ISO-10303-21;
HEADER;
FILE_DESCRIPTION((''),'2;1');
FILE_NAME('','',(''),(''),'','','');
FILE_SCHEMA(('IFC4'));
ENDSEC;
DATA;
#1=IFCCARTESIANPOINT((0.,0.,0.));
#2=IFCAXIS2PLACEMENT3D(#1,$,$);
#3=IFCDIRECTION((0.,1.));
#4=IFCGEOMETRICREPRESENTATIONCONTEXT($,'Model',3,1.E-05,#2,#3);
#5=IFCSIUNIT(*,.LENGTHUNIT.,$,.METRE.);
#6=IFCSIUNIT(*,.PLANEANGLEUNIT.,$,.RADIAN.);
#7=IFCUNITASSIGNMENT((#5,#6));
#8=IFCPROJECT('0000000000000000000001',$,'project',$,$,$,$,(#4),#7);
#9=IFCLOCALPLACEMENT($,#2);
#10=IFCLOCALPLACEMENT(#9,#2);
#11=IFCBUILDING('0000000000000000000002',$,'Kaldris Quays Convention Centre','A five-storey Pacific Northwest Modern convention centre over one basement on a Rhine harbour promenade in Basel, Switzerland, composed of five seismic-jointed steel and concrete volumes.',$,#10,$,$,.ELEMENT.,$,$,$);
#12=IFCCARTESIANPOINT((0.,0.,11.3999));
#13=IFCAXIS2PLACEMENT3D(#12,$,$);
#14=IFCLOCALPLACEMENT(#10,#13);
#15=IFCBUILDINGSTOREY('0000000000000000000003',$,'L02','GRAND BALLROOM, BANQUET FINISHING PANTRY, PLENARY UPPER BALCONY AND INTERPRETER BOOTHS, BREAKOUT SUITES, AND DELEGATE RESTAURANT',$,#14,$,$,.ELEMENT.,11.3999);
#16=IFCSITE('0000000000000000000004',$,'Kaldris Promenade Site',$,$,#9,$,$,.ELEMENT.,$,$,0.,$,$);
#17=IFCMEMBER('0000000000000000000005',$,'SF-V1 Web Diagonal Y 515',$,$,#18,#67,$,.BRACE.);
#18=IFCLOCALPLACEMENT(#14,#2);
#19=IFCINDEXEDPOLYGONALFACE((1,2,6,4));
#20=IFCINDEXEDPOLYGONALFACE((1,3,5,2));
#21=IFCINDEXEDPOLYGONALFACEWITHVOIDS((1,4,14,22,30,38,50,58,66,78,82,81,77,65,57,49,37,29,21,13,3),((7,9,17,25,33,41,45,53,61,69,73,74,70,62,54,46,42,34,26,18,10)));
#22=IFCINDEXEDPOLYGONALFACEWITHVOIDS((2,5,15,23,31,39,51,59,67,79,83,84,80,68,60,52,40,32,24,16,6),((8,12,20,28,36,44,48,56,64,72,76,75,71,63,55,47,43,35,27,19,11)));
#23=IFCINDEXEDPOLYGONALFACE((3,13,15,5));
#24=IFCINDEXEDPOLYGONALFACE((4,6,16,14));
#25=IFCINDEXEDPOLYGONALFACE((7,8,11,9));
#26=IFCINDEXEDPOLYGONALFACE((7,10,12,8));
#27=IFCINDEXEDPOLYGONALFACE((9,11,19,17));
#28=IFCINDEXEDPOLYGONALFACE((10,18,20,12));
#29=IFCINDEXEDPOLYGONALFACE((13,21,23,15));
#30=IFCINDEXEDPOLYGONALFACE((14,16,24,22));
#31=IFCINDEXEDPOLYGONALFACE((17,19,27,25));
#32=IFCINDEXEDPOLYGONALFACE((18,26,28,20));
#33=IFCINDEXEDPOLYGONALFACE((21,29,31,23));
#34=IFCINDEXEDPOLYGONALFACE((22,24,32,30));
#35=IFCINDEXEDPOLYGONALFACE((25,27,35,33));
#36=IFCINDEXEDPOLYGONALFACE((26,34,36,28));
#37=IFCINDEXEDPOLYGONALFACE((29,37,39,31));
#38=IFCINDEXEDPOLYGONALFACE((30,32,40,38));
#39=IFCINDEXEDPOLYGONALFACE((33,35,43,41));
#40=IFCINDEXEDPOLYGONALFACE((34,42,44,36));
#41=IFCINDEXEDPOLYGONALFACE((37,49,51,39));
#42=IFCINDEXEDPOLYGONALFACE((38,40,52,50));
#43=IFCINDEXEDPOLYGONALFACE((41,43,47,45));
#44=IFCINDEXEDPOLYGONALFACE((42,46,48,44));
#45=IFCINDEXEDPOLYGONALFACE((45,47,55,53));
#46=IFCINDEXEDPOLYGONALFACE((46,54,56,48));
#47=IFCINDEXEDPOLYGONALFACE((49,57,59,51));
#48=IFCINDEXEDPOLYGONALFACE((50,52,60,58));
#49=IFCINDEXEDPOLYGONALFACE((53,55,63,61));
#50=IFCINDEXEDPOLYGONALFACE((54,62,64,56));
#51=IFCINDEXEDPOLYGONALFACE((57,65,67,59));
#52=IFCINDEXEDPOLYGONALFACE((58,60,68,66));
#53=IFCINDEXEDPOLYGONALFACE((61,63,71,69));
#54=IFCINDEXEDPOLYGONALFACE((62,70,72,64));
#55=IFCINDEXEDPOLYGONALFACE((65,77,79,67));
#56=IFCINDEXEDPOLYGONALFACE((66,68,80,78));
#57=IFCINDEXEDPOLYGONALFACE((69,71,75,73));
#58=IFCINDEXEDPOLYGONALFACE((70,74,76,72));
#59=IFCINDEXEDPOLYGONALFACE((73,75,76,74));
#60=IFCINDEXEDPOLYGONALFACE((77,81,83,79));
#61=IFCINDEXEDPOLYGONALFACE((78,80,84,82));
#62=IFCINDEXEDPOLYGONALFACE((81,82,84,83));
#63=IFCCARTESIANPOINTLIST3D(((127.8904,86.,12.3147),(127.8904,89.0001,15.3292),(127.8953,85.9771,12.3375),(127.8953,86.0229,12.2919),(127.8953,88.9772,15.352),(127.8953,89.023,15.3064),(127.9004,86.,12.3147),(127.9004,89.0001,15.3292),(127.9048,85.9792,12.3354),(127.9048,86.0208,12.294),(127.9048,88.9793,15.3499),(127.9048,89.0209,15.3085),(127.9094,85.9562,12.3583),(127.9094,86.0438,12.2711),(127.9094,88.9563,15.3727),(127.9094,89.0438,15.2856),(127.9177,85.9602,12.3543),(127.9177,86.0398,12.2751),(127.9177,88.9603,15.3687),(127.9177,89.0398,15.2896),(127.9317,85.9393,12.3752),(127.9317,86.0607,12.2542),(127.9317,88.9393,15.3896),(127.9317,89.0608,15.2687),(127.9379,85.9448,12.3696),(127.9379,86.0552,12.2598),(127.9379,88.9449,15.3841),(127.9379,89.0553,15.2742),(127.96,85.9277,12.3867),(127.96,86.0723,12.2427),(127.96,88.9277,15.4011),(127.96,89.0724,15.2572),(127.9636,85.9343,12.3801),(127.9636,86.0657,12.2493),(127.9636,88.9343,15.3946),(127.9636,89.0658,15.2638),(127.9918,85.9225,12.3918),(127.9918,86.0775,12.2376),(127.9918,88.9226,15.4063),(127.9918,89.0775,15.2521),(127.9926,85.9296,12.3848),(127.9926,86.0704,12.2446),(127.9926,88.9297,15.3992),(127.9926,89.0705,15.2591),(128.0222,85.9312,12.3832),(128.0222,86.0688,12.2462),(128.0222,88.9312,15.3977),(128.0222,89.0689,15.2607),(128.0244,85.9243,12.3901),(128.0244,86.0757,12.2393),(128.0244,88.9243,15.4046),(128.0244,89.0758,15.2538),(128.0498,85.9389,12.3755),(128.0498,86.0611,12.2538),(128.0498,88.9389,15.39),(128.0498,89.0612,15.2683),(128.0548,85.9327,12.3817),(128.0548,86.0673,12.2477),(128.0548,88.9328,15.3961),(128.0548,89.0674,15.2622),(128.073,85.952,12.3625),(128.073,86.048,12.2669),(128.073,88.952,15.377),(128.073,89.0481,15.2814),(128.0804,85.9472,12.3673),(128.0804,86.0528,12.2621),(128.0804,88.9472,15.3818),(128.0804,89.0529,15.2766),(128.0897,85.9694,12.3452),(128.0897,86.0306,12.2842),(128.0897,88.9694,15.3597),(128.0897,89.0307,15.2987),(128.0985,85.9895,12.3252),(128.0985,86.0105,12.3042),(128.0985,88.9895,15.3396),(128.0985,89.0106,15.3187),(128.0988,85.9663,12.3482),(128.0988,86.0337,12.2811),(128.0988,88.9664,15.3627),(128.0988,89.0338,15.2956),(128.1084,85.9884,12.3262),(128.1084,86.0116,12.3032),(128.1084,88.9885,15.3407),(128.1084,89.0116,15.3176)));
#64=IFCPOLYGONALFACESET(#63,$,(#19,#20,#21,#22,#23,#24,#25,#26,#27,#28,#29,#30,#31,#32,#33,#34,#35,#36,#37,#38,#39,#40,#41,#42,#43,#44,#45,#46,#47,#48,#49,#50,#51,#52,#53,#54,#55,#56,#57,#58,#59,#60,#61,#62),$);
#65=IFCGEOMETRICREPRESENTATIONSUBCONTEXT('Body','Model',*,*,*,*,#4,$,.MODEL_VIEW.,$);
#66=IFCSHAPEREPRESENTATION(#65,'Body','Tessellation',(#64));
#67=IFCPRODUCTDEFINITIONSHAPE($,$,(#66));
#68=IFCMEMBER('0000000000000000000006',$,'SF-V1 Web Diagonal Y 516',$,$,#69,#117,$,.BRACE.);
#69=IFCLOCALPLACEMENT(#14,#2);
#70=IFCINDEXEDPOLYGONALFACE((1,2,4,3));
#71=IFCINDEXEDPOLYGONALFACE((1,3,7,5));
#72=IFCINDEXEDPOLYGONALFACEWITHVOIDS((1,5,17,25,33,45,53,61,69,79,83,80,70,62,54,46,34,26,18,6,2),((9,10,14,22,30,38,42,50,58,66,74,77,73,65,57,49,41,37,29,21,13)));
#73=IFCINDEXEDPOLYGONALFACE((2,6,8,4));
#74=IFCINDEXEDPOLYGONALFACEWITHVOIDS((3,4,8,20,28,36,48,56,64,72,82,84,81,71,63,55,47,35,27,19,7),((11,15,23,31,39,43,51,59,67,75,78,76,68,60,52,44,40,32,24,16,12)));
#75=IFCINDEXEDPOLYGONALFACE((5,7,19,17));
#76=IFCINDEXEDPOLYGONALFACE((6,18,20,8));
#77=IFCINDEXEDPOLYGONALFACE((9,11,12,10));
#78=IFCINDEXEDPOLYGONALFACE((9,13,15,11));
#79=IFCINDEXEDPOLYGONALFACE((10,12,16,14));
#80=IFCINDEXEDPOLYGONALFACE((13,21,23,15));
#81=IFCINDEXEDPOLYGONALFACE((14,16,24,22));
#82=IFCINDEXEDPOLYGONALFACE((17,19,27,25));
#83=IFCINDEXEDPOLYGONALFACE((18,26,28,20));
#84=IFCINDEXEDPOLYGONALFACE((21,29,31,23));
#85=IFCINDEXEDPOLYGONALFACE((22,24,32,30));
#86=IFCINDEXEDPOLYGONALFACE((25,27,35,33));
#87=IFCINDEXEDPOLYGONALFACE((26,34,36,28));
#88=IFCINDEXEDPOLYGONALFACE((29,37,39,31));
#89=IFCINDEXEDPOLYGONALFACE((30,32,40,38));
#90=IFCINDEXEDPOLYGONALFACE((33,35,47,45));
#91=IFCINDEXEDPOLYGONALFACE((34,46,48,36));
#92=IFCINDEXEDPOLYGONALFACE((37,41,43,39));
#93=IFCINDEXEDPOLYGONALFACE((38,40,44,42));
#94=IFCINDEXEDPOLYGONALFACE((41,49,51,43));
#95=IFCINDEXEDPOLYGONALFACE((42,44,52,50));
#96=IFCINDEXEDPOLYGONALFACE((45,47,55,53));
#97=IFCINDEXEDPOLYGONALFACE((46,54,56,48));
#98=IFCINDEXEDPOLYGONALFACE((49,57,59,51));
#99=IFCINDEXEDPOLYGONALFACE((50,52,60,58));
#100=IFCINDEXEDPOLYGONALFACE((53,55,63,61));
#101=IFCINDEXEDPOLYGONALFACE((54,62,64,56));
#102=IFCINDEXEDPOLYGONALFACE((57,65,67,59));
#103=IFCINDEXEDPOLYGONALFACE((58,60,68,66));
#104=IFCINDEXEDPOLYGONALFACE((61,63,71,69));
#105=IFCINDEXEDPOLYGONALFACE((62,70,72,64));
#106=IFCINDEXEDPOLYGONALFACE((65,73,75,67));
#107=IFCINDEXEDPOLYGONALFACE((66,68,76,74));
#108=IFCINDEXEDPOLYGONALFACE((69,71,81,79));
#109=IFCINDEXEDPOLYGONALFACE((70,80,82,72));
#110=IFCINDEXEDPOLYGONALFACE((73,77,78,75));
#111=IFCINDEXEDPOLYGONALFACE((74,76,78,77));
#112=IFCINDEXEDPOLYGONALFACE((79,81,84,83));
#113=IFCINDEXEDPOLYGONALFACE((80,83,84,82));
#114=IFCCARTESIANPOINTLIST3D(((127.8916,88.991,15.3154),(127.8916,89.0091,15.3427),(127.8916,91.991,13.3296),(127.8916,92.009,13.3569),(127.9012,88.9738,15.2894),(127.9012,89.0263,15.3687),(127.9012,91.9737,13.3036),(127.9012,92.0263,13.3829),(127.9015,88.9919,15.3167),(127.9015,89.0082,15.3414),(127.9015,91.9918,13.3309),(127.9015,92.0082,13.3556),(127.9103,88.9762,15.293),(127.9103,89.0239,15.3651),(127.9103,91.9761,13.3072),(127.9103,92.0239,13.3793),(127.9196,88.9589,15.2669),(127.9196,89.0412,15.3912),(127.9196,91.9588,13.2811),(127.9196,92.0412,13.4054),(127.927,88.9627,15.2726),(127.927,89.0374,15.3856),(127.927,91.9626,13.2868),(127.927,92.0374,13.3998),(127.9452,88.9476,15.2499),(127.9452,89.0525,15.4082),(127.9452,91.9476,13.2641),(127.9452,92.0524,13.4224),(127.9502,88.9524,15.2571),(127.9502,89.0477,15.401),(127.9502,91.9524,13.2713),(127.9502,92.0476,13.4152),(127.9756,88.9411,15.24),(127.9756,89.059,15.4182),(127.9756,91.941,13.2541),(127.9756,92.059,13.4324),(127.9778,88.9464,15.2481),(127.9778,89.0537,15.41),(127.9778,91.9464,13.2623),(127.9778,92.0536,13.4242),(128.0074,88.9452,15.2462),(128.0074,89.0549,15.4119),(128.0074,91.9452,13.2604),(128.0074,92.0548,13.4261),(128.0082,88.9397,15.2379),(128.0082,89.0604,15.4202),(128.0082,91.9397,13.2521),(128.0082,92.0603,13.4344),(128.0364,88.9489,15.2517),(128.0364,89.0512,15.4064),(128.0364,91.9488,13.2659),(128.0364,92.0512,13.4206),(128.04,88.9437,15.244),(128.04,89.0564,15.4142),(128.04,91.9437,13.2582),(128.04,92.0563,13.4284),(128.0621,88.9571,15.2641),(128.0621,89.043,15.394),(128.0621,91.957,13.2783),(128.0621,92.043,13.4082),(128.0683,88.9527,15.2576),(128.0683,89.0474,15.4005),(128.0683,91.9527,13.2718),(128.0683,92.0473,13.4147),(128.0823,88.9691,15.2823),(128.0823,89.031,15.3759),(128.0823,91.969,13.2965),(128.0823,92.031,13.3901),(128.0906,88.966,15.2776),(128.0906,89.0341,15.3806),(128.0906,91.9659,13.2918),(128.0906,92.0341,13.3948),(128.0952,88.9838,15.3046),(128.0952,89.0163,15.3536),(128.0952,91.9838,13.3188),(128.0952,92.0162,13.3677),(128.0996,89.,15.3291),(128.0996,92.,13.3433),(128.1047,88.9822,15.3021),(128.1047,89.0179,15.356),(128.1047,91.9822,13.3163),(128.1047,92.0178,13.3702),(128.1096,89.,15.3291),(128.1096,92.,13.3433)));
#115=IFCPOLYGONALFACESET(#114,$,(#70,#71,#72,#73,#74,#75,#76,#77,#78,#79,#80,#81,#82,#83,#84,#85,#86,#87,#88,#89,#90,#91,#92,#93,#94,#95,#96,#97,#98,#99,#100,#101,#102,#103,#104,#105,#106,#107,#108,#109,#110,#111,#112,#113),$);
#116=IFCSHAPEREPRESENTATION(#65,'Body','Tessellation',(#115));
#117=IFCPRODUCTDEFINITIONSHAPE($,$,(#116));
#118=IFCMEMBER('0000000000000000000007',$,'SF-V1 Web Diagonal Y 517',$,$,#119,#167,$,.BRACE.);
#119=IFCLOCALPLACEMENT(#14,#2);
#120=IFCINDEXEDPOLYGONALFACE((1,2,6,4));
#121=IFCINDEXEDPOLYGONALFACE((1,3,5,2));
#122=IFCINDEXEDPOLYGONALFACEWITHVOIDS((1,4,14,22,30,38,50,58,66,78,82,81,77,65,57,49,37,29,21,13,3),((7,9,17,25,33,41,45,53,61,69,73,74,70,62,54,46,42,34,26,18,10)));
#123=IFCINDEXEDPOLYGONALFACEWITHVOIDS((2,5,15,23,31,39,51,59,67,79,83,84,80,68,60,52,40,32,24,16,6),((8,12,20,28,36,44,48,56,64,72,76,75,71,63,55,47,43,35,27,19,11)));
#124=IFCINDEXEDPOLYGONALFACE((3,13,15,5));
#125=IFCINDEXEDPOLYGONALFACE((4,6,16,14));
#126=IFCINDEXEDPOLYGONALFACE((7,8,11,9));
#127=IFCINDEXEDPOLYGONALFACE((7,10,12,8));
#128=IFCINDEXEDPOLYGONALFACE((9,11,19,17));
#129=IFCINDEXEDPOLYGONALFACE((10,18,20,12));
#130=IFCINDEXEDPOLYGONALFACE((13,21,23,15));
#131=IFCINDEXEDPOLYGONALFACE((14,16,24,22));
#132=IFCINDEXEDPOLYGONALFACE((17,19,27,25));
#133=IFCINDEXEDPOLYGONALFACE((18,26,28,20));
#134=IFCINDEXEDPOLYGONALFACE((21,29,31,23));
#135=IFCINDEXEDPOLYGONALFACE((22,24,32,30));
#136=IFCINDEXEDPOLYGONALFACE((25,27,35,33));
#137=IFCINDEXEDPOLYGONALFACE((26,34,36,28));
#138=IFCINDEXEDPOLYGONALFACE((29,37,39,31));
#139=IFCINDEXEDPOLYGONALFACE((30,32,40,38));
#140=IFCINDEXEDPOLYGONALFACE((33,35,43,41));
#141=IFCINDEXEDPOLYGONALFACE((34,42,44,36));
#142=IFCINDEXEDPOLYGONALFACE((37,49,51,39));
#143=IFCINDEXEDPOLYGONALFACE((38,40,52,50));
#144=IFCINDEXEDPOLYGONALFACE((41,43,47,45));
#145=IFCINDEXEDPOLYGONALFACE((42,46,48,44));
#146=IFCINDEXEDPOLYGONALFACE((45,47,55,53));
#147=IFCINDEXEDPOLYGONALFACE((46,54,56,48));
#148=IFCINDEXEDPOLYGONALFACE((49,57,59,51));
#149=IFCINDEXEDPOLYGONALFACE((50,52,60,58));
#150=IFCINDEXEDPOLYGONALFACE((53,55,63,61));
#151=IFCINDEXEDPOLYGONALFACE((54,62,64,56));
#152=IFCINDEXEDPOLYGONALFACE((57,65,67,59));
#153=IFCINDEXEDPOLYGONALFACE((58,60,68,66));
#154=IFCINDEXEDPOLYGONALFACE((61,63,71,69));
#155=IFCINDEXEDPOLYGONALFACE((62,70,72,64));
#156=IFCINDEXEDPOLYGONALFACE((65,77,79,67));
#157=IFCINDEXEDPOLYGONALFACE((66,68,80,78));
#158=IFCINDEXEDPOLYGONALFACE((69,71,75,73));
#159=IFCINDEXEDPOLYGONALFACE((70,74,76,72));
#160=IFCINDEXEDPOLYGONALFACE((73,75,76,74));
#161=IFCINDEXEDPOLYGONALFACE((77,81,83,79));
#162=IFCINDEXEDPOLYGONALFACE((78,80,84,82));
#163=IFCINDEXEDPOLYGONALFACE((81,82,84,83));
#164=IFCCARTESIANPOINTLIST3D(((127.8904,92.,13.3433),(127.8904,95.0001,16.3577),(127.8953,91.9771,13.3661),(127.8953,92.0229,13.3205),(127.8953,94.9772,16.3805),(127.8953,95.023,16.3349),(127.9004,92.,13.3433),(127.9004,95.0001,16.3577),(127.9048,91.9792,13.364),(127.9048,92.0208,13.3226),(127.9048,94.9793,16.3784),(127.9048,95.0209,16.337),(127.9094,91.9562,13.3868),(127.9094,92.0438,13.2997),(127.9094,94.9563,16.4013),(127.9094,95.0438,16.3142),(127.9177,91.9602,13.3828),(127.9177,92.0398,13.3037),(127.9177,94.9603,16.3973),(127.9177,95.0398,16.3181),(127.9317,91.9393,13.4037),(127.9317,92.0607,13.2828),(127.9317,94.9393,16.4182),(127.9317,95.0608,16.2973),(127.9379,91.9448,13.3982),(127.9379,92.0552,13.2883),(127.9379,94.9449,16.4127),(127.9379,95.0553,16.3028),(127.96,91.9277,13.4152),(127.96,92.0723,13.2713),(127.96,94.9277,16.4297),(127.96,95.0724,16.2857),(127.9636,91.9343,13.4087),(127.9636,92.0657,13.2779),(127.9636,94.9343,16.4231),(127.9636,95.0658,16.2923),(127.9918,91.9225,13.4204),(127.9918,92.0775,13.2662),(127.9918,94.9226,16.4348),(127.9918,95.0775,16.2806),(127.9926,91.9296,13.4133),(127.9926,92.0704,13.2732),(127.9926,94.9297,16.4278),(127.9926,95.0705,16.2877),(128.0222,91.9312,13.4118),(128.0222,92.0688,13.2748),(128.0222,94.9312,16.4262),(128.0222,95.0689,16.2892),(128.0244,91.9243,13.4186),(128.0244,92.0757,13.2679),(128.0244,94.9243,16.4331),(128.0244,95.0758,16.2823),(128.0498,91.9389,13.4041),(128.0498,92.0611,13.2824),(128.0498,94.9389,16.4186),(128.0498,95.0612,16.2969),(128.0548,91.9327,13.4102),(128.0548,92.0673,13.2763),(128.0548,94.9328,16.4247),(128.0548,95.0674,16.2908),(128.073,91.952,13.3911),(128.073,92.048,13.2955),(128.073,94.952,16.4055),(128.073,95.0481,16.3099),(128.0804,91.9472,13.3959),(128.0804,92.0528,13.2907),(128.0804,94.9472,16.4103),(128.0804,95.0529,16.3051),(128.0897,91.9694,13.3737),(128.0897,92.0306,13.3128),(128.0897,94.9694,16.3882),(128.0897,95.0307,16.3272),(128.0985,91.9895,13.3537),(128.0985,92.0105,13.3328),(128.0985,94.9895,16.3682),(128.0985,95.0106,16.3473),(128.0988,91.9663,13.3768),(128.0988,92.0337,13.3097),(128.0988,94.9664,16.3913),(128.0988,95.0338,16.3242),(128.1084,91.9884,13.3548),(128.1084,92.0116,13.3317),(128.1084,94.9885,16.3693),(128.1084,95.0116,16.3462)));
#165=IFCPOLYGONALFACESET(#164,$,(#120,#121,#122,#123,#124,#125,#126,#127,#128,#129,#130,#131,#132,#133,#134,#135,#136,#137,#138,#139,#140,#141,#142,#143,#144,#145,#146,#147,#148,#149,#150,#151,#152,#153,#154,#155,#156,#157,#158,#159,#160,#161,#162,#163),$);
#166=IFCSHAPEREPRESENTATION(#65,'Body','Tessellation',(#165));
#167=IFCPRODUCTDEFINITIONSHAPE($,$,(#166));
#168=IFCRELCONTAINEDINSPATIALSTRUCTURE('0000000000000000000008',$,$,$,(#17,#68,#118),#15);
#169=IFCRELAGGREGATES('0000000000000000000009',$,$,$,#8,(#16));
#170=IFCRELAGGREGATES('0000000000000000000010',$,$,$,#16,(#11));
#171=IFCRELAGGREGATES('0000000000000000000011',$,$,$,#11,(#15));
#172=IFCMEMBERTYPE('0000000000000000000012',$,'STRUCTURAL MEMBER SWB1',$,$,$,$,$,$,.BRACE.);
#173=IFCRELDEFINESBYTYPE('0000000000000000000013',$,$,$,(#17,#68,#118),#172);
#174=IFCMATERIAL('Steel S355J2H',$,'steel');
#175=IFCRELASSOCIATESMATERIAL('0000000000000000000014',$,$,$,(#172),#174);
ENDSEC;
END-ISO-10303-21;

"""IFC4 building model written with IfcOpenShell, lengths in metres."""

from ifc_helpers import new_model, si_unit, direction, frame, origin, origin_2d, place, context, subcontext, project, spatial, hollow_circle, extrude, material, material_profile, profile_set, type_object, element, save


model = new_model("IFC4")

# Units and contexts
model_context = context("Model", 3, precision=1e-05, world=origin(), true_north=direction((0.0, 1.0)))
body_context = subcontext(model_context, "Body", "Model", "MODEL_VIEW")
ifc_project = project(units=[si_unit("LENGTHUNIT", "METRE"), si_unit("PLANEANGLEUNIT", "RADIAN")], contexts=[model_context])

# Site, building, storey
site_placement = place(None, origin())
site = spatial("IfcSite", under=ifc_project, at=site_placement, Name="Kaldris Promenade Site", CompositionType="ELEMENT", RefElevation=0.0)
building_placement = place(site_placement, origin())
building = spatial("IfcBuilding", under=site, at=building_placement, Name="Kaldris Quays Convention Centre", Description="A five-storey Pacific Northwest Modern convention centre over one basement on a Rhine harbour promenade in Basel, Switzerland, composed of five seismic-jointed steel and concrete volumes.", CompositionType="ELEMENT")
storey_placement = place(building_placement, frame((0.0, 0.0, 11.3999)))
storey = spatial("IfcBuildingStorey", under=building, at=storey_placement, Name="L02", Description="GRAND BALLROOM, BANQUET FINISHING PANTRY, PLENARY UPPER BALCONY AND INTERPRETER BOOTHS, BREAKOUT SUITES, AND DELEGATE RESTAURANT", CompositionType="ELEMENT", Elevation=11.3999)

# Members
ifc_material_1 = material(Name="Steel S355J2H", Category="steel")
ifc_material_profile_1 = material_profile(ifc_material_1, hollow_circle(Radius=0.1096, WallThickness=0.01, at=origin_2d()), Name="CHS 219.1x10")
ifc_profile_set_1 = profile_set([ifc_material_profile_1], Name="Steel S355J2H")
member_type_1 = type_object("IfcMemberType", Name="STRUCTURAL MEMBER SWB1", PredefinedType="BRACE", material=ifc_profile_set_1)
member_1_placement = place(storey_placement, frame((128.0, 86.0, 12.3147), z_axis=(0.0, 0.705411, 0.708798), x_axis=(-1.0, 0.0, 0.0)))
element("IfcMember", 1, at=member_1_placement, inside=storey, type_object=member_type_1, Name="SF-V1 Web Diagonal Y 515", PredefinedType="BRACE", context=body_context, shape_type="SweptSolid", body=[
    extrude(hollow_circle(Radius=0.1096, WallThickness=0.01, at=origin_2d()), origin(), (0.0, 0.0, 1.0), 4.2529),
])
member_2_placement = place(storey_placement, frame((128.0, 92.0, 13.3433), z_axis=(0.0, -0.833862, 0.551972), x_axis=(1.0, 0.0, 0.0)))
element("IfcMember", 2, at=member_2_placement, inside=storey, type_object=member_type_1, Name="SF-V1 Web Diagonal Y 516", PredefinedType="BRACE", context=body_context, shape_type="SweptSolid", body=[
    extrude(hollow_circle(Radius=0.1096, WallThickness=0.01, at=origin_2d()), origin(), (0.0, 0.0, 1.0), 3.5977),
])
member_3_placement = place(storey_placement, frame((128.0, 92.0, 13.3433), z_axis=(0.0, 0.705411, 0.708798), x_axis=(-1.0, 0.0, 0.0)))
element("IfcMember", 3, at=member_3_placement, inside=storey, type_object=member_type_1, Name="SF-V1 Web Diagonal Y 517", PredefinedType="BRACE", context=body_context, shape_type="SweptSolid", body=[
    extrude(hollow_circle(Radius=0.1096, WallThickness=0.01, at=origin_2d()), origin(), (0.0, 0.0, 1.0), 4.2529),
])

save(model, "model.ifc")
